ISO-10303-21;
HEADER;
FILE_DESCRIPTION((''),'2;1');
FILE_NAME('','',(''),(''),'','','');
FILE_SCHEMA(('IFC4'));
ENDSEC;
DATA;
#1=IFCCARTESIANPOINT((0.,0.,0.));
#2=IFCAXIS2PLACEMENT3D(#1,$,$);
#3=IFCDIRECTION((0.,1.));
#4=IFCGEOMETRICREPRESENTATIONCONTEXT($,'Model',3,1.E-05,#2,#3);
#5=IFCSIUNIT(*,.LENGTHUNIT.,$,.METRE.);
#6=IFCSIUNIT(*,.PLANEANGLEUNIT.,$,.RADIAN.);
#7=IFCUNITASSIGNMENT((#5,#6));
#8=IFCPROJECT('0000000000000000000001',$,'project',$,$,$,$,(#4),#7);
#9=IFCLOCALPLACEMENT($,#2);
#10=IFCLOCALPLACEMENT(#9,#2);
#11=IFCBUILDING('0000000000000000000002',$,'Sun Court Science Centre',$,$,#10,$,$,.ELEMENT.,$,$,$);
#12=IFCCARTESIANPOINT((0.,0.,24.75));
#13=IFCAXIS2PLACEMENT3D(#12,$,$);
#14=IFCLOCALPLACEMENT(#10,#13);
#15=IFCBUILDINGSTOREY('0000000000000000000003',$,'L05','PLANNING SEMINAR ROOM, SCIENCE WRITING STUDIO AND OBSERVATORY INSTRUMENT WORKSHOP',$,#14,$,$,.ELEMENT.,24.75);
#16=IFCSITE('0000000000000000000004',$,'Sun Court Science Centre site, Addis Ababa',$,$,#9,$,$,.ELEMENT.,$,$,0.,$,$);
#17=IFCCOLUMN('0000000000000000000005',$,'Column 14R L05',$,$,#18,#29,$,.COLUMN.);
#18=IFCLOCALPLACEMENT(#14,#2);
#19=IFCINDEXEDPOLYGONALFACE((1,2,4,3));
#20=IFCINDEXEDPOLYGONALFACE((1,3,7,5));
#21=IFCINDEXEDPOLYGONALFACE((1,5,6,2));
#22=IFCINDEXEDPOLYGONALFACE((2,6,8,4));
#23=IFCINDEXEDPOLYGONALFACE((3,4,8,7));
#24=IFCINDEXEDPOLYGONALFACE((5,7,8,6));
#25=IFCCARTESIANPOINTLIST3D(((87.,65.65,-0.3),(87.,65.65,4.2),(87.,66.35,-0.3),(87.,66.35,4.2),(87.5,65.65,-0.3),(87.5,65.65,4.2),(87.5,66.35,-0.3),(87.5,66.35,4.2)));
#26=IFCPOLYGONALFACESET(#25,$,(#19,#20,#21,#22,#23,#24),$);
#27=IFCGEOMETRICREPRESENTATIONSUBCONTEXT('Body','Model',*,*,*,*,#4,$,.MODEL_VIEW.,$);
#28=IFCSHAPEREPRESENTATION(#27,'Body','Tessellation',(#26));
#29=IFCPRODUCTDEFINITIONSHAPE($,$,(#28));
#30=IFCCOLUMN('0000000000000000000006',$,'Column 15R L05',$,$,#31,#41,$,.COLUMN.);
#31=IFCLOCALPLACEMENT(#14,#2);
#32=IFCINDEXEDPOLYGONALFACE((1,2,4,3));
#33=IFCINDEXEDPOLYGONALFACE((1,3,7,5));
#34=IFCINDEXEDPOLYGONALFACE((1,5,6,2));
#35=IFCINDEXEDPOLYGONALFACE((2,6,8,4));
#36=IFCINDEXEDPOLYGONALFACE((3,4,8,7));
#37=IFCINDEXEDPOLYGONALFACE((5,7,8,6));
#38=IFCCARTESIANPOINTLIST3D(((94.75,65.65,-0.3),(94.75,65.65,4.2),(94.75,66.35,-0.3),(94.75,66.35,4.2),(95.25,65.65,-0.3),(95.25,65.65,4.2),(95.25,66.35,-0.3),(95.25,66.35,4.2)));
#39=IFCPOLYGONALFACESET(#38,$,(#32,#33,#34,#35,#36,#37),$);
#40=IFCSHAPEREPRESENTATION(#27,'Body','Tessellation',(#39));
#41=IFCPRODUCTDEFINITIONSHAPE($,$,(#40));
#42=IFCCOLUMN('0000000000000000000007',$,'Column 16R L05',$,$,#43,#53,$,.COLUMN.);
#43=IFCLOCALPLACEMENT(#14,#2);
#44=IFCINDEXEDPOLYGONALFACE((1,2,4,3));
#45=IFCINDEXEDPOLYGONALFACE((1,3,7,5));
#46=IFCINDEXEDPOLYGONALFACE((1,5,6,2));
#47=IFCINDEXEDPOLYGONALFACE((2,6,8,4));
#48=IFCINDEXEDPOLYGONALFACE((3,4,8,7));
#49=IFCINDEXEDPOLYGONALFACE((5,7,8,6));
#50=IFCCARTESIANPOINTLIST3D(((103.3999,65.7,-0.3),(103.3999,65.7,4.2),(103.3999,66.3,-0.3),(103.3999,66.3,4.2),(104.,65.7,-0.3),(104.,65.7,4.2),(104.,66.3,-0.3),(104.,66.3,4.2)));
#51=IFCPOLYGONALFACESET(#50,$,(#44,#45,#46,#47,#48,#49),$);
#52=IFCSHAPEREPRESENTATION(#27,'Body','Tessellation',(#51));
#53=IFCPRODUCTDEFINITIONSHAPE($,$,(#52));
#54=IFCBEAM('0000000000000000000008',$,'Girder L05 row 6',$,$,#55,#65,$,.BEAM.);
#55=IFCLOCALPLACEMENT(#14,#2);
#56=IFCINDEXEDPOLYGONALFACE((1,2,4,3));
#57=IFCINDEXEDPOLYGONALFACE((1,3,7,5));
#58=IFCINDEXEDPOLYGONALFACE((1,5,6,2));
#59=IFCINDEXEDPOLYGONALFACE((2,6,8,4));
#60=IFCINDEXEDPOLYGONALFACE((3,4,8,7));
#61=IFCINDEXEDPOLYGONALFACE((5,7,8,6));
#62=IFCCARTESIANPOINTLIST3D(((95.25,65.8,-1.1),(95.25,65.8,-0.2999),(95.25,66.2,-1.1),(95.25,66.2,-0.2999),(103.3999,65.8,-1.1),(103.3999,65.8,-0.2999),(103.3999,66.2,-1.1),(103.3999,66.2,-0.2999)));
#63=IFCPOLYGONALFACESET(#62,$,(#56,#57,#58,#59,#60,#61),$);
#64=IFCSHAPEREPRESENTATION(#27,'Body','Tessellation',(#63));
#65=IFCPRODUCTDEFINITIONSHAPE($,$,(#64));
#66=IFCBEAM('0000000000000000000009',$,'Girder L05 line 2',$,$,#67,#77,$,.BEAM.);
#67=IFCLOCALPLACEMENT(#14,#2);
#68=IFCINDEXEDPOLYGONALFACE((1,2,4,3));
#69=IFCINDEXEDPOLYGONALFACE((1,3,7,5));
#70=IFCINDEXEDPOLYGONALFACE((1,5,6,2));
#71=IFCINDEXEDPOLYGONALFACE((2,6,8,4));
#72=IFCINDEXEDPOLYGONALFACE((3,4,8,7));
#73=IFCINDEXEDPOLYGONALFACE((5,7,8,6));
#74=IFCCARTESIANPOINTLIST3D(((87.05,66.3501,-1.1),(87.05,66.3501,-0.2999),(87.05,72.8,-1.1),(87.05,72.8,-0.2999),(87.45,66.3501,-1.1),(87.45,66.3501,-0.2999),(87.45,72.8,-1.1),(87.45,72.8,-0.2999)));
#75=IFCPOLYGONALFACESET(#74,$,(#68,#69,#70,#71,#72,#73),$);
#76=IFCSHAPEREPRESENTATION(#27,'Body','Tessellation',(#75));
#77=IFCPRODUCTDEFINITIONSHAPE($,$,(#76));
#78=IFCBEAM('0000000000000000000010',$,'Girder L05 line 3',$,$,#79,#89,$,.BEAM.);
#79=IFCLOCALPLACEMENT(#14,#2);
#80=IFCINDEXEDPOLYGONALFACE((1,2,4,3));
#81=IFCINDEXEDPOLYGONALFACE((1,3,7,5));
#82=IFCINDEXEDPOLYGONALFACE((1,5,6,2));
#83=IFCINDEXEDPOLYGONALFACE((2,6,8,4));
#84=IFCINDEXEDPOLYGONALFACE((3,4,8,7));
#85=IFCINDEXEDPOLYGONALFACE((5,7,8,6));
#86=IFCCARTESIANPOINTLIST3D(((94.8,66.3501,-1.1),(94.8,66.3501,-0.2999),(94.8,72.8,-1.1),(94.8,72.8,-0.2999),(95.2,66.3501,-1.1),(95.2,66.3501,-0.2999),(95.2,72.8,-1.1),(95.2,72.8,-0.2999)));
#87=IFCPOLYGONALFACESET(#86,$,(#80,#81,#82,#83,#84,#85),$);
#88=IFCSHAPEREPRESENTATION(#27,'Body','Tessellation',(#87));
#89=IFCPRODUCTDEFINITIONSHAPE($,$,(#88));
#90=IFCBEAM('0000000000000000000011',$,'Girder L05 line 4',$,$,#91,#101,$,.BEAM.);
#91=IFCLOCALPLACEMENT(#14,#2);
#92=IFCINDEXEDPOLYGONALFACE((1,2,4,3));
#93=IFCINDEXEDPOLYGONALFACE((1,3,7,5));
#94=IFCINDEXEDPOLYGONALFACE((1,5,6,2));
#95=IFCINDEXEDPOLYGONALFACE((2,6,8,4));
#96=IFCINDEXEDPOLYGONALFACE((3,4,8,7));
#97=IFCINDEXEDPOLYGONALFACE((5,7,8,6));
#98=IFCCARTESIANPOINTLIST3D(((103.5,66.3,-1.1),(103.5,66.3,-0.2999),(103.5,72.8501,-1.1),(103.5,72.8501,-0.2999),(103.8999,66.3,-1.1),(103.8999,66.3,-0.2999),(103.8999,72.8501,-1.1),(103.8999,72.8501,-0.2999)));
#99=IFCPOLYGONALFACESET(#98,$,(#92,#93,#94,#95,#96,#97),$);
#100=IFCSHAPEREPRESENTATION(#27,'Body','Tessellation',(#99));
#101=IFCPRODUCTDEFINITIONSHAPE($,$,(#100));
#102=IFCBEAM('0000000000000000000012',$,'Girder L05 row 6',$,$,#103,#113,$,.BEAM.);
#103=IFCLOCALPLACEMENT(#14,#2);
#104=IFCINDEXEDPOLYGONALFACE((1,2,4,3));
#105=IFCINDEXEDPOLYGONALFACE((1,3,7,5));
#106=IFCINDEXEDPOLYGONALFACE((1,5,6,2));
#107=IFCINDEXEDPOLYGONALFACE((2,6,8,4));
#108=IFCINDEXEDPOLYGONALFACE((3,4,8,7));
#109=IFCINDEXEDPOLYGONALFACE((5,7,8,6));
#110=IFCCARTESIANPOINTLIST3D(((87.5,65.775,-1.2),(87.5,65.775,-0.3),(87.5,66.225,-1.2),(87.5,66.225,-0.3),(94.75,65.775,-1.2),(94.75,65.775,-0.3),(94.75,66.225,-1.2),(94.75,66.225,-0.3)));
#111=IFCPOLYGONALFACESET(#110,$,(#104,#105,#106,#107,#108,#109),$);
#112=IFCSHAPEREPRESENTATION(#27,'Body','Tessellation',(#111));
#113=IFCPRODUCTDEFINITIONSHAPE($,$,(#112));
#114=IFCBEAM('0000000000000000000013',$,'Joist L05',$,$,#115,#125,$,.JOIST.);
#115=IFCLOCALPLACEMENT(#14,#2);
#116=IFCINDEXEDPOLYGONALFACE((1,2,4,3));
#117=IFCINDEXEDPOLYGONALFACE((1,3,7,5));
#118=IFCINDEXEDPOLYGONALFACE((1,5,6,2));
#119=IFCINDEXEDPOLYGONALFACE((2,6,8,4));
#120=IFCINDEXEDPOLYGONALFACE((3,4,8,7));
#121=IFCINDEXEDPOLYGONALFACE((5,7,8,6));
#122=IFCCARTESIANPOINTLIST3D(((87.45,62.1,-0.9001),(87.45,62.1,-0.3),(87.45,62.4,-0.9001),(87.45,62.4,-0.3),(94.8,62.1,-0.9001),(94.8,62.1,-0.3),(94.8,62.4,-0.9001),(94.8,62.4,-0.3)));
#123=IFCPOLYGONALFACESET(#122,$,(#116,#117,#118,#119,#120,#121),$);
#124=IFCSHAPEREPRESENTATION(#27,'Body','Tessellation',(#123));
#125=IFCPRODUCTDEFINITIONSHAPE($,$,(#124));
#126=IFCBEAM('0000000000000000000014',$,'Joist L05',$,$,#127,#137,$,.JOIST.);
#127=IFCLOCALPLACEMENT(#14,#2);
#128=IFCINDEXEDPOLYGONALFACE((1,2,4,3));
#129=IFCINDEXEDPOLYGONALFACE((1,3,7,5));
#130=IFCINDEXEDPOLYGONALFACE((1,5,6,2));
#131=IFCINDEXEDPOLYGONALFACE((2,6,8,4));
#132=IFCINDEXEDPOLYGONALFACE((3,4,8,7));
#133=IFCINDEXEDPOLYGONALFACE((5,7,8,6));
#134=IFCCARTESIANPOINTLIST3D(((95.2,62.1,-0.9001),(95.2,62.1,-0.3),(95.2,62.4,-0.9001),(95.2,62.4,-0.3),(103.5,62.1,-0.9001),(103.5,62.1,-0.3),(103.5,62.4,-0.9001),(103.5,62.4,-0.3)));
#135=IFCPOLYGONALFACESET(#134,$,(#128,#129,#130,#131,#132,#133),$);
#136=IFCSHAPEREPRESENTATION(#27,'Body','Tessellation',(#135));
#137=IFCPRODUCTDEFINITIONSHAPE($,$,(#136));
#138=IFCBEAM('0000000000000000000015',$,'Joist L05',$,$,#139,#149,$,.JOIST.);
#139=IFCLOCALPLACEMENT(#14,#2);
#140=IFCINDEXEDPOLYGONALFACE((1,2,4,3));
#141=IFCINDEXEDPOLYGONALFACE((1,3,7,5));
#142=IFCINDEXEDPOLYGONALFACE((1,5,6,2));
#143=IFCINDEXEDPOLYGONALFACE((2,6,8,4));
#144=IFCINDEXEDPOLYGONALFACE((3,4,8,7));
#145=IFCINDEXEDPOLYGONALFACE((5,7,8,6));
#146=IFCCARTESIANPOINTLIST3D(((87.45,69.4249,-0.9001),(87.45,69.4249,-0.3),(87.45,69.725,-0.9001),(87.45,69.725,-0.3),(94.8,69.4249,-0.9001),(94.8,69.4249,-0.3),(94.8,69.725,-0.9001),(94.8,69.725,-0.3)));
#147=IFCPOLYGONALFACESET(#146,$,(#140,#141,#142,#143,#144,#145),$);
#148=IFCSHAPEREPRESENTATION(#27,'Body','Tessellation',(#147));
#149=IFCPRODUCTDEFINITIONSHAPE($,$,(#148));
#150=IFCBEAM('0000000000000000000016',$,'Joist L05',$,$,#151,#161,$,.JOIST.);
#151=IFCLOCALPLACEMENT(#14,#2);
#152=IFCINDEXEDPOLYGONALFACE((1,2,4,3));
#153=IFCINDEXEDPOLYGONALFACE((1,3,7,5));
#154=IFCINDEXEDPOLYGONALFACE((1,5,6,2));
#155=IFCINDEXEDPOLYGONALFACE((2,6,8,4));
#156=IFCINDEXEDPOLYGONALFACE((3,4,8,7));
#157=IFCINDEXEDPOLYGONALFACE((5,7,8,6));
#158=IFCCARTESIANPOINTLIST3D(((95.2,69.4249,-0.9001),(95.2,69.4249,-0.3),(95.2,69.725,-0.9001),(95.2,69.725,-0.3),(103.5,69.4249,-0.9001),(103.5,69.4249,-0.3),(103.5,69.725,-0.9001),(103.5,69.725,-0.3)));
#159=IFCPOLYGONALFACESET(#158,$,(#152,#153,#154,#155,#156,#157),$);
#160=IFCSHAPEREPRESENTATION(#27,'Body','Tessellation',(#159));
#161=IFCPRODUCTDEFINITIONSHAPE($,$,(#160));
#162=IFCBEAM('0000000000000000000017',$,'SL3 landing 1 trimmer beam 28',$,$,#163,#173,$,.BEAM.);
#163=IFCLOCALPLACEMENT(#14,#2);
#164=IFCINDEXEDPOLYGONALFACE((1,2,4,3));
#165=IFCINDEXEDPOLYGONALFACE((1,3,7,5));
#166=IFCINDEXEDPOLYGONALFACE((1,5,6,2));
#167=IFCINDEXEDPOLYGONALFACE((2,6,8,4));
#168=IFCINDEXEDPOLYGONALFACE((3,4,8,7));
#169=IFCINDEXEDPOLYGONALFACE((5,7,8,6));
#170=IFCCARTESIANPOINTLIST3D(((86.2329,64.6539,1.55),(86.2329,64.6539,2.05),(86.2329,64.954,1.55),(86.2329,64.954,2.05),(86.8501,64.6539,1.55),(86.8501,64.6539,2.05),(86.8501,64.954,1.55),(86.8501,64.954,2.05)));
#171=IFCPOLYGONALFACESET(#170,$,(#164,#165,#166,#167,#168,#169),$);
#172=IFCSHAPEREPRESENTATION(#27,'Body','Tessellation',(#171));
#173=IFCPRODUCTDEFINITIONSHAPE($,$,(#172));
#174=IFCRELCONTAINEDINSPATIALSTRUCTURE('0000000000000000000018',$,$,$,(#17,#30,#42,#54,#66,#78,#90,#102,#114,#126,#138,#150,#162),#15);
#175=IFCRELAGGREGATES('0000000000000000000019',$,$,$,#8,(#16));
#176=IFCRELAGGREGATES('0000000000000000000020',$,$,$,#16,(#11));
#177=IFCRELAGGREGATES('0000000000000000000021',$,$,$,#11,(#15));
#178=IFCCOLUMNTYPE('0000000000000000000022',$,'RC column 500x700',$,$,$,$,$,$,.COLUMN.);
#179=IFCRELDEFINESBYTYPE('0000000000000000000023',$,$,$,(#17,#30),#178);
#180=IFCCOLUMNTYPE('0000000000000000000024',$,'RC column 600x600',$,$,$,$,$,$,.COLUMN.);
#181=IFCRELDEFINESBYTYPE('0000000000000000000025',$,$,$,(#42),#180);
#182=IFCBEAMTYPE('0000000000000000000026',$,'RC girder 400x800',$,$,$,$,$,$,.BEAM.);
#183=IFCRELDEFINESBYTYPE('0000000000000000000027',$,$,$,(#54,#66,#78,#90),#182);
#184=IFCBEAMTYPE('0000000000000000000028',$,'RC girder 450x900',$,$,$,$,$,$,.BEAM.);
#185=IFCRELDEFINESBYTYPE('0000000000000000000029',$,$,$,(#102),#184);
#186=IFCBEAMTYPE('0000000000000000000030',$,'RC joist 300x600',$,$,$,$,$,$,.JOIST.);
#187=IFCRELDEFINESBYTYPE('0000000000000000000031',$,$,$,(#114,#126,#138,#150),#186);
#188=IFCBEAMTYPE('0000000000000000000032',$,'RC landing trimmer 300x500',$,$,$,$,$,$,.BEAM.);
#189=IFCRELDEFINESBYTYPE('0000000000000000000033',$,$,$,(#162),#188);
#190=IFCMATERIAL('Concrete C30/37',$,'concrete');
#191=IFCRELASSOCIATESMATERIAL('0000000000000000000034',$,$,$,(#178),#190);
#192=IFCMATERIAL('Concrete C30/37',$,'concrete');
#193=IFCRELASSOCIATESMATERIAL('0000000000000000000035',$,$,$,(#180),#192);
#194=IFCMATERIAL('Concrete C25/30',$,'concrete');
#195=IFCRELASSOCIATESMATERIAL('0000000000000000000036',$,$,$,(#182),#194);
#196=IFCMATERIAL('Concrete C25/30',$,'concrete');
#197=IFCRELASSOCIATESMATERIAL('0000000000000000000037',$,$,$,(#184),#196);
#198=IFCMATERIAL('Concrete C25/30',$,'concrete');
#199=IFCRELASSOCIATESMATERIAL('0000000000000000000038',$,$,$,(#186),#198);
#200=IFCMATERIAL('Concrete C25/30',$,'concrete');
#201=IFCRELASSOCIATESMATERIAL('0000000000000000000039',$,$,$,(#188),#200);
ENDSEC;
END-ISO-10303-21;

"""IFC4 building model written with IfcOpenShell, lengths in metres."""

from ifc_helpers import new_model, si_unit, direction, frame, origin, origin_2d, place, context, subcontext, project, spatial, rectangle, extrude, material, material_profile, profile_set, type_object, element, save


model = new_model("IFC4")

# Units and contexts
model_context = context("Model", 3, precision=1e-05, world=origin(), true_north=direction((0.0, 1.0)))
body_context = subcontext(model_context, "Body", "Model", "MODEL_VIEW")
ifc_project = project(units=[si_unit("LENGTHUNIT", "METRE"), si_unit("PLANEANGLEUNIT", "RADIAN")], contexts=[model_context])

# Site, building, storey
site_placement = place(None, origin())
site = spatial("IfcSite", under=ifc_project, at=site_placement, Name="Sun Court Science Centre site, Addis Ababa", CompositionType="ELEMENT", RefElevation=0.0)
building_placement = place(site_placement, origin())
building = spatial("IfcBuilding", under=site, at=building_placement, Name="Sun Court Science Centre", CompositionType="ELEMENT")
storey_placement = place(building_placement, frame((0.0, 0.0, 24.75)))
storey = spatial("IfcBuildingStorey", under=building, at=storey_placement, Name="L05", Description="PLANNING SEMINAR ROOM, SCIENCE WRITING STUDIO AND OBSERVATORY INSTRUMENT WORKSHOP", CompositionType="ELEMENT", Elevation=24.75)

# Columns
ifc_material_1 = material(Name="Concrete C30/37", Category="concrete")
ifc_material_profile_1 = material_profile(ifc_material_1, rectangle(XDim=0.5, YDim=0.7, at=origin_2d()), Name="RC 500x700")
ifc_profile_set_1 = profile_set([ifc_material_profile_1], Name="Concrete C30/37")
column_type_1 = type_object("IfcColumnType", Name="RC column 500x700", PredefinedType="COLUMN", material=ifc_profile_set_1)
for number, where, z_axis, x_axis, name in (
    (1, (87.25, 66.0, -0.3), (0.0, 0.0, 1.0), (1.0, 0.0, 0.0), "Column 14R L05"),
    (2, (95.0, 66.0, -0.3), (0.0, 0.0, 1.0), (1.0, 0.0, 0.0), "Column 15R L05"),
):
    element("IfcColumn", number, at=place(storey_placement, frame(where, z_axis=z_axis, x_axis=x_axis)), inside=storey, type_object=column_type_1, Name=name, PredefinedType="COLUMN", context=body_context, shape_type="SweptSolid", body=[
        extrude(rectangle(XDim=0.5, YDim=0.7, at=origin_2d()), origin(), (0.0, 0.0, 1.0), 4.5),
    ])
ifc_material_2 = material(Name="Concrete C30/37", Category="concrete")
ifc_material_profile_2 = material_profile(ifc_material_2, rectangle(XDim=0.6001, YDim=0.6001, at=origin_2d()), Name="RC 600x600")
ifc_profile_set_2 = profile_set([ifc_material_profile_2], Name="Concrete C30/37")
column_type_2 = type_object("IfcColumnType", Name="RC column 600x600", PredefinedType="COLUMN", material=ifc_profile_set_2)
column_placement = place(storey_placement, frame((103.7, 66.0, -0.3), z_axis=(0.0, 0.0, 1.0), x_axis=(1.0, 0.0, 0.0)))
element("IfcColumn", 3, at=column_placement, inside=storey, type_object=column_type_2, Name="Column 16R L05", PredefinedType="COLUMN", context=body_context, shape_type="SweptSolid", body=[
    extrude(rectangle(XDim=0.6001, YDim=0.6001, at=origin_2d()), origin(), (0.0, 0.0, 1.0), 4.5),
])

# Beams
ifc_material_3 = material(Name="Concrete C25/30", Category="concrete")
ifc_material_profile_3 = material_profile(ifc_material_3, rectangle(XDim=0.3999, YDim=0.8, at=origin_2d()), Name="RC 400x800")
ifc_profile_set_3 = profile_set([ifc_material_profile_3], Name="Concrete C25/30")
beam_type_1 = type_object("IfcBeamType", Name="RC girder 400x800", PredefinedType="BEAM", material=ifc_profile_set_3)
beam_1_placement = place(storey_placement, frame((95.25, 66.0, -0.7), z_axis=(1.0, 0.0, 0.0), x_axis=(0.0, 1.0, 0.0)))
element("IfcBeam", 4, at=beam_1_placement, inside=storey, type_object=beam_type_1, Name="Girder L05 row 6", PredefinedType="BEAM", context=body_context, shape_type="SweptSolid", body=[
    extrude(rectangle(XDim=0.3999, YDim=0.8, at=origin_2d()), origin(), (0.0, 0.0, 1.0), 8.1499),
])
for number, where, z_axis, x_axis, name in (
    (5, (87.25, 66.3501, -0.7), (0.0, 1.0, 0.0), (-1.0, 0.0, 0.0), "Girder L05 line 2"),
    (6, (95.0, 66.3501, -0.7), (0.0, 1.0, 0.0), (-1.0, 0.0, 0.0), "Girder L05 line 3"),
):
    element("IfcBeam", number, at=place(storey_placement, frame(where, z_axis=z_axis, x_axis=x_axis)), inside=storey, type_object=beam_type_1, Name=name, PredefinedType="BEAM", context=body_context, shape_type="SweptSolid", body=[
        extrude(rectangle(XDim=0.3999, YDim=0.8, at=origin_2d()), origin(), (0.0, 0.0, 1.0), 6.45),
    ])
beam_2_placement = place(storey_placement, frame((103.7, 66.3, -0.7), z_axis=(0.0, 1.0, 0.0), x_axis=(-1.0, 0.0, 0.0)))
element("IfcBeam", 7, at=beam_2_placement, inside=storey, type_object=beam_type_1, Name="Girder L05 line 4", PredefinedType="BEAM", context=body_context, shape_type="SweptSolid", body=[
    extrude(rectangle(XDim=0.3999, YDim=0.8, at=origin_2d()), origin(), (0.0, 0.0, 1.0), 6.55),
])
ifc_material_4 = material(Name="Concrete C25/30", Category="concrete")
ifc_material_profile_4 = material_profile(ifc_material_4, rectangle(XDim=0.45, YDim=0.8999, at=origin_2d()), Name="RC 450x900")
ifc_profile_set_4 = profile_set([ifc_material_profile_4], Name="Concrete C25/30")
beam_type_2 = type_object("IfcBeamType", Name="RC girder 450x900", PredefinedType="BEAM", material=ifc_profile_set_4)
beam_3_placement = place(storey_placement, frame((87.5, 66.0, -0.75), z_axis=(1.0, 0.0, 0.0), x_axis=(0.0, 1.0, 0.0)))
element("IfcBeam", 8, at=beam_3_placement, inside=storey, type_object=beam_type_2, Name="Girder L05 row 6", PredefinedType="BEAM", context=body_context, shape_type="SweptSolid", body=[
    extrude(rectangle(XDim=0.45, YDim=0.8999, at=origin_2d()), origin(), (0.0, 0.0, 1.0), 7.25),
])
ifc_material_5 = material(Name="Concrete C25/30", Category="concrete")
ifc_material_profile_5 = material_profile(ifc_material_5, rectangle(XDim=0.3, YDim=0.6001, at=origin_2d()), Name="RC 300x600")
ifc_profile_set_5 = profile_set([ifc_material_profile_5], Name="Concrete C25/30")
beam_type_3 = type_object("IfcBeamType", Name="RC joist 300x600", PredefinedType="JOIST", material=ifc_profile_set_5)
beam_4_placement = place(storey_placement, frame((87.45, 62.25, -0.6001), z_axis=(1.0, 0.0, 0.0), x_axis=(0.0, 1.0, 0.0)))
element("IfcBeam", 9, at=beam_4_placement, inside=storey, type_object=beam_type_3, Name="Joist L05", PredefinedType="JOIST", context=body_context, shape_type="SweptSolid", body=[
    extrude(rectangle(XDim=0.3, YDim=0.6001, at=origin_2d()), origin(), (0.0, 0.0, 1.0), 7.3501),
])
beam_5_placement = place(storey_placement, frame((95.2, 62.25, -0.6001), z_axis=(1.0, 0.0, 0.0), x_axis=(0.0, 1.0, 0.0)))
element("IfcBeam", 10, at=beam_5_placement, inside=storey, type_object=beam_type_3, Name="Joist L05", PredefinedType="JOIST", context=body_context, shape_type="SweptSolid", body=[
    extrude(rectangle(XDim=0.3, YDim=0.6001, at=origin_2d()), origin(), (0.0, 0.0, 1.0), 8.3),
])
beam_6_placement = place(storey_placement, frame((87.45, 69.575, -0.6001), z_axis=(1.0, 0.0, 0.0), x_axis=(0.0, 1.0, 0.0)))
element("IfcBeam", 11, at=beam_6_placement, inside=storey, type_object=beam_type_3, Name="Joist L05", PredefinedType="JOIST", context=body_context, shape_type="SweptSolid", body=[
    extrude(rectangle(XDim=0.3, YDim=0.6001, at=origin_2d()), origin(), (0.0, 0.0, 1.0), 7.3501),
])
beam_7_placement = place(storey_placement, frame((95.2, 69.575, -0.6001), z_axis=(1.0, 0.0, 0.0), x_axis=(0.0, 1.0, 0.0)))
element("IfcBeam", 12, at=beam_7_placement, inside=storey, type_object=beam_type_3, Name="Joist L05", PredefinedType="JOIST", context=body_context, shape_type="SweptSolid", body=[
    extrude(rectangle(XDim=0.3, YDim=0.6001, at=origin_2d()), origin(), (0.0, 0.0, 1.0), 8.3),
])
ifc_material_6 = material(Name="Concrete C25/30", Category="concrete")
ifc_material_profile_6 = material_profile(ifc_material_6, rectangle(XDim=0.3, YDim=0.5, at=origin_2d()), Name="RC 300x500")
ifc_profile_set_6 = profile_set([ifc_material_profile_6], Name="Concrete C25/30")
beam_type_4 = type_object("IfcBeamType", Name="RC landing trimmer 300x500", PredefinedType="BEAM", material=ifc_profile_set_6)
beam_8_placement = place(storey_placement, frame((86.8501, 64.804, 1.8), z_axis=(-1.0, 0.0, 0.0), x_axis=(0.0, -1.0, 0.0)))
element("IfcBeam", 13, at=beam_8_placement, inside=storey, type_object=beam_type_4, Name="SL3 landing 1 trimmer beam 28", PredefinedType="BEAM", context=body_context, shape_type="SweptSolid", body=[
    extrude(rectangle(XDim=0.3, YDim=0.5, at=origin_2d()), origin(), (0.0, 0.0, 1.0), 0.6172),
])

save(model, "model.ifc")
